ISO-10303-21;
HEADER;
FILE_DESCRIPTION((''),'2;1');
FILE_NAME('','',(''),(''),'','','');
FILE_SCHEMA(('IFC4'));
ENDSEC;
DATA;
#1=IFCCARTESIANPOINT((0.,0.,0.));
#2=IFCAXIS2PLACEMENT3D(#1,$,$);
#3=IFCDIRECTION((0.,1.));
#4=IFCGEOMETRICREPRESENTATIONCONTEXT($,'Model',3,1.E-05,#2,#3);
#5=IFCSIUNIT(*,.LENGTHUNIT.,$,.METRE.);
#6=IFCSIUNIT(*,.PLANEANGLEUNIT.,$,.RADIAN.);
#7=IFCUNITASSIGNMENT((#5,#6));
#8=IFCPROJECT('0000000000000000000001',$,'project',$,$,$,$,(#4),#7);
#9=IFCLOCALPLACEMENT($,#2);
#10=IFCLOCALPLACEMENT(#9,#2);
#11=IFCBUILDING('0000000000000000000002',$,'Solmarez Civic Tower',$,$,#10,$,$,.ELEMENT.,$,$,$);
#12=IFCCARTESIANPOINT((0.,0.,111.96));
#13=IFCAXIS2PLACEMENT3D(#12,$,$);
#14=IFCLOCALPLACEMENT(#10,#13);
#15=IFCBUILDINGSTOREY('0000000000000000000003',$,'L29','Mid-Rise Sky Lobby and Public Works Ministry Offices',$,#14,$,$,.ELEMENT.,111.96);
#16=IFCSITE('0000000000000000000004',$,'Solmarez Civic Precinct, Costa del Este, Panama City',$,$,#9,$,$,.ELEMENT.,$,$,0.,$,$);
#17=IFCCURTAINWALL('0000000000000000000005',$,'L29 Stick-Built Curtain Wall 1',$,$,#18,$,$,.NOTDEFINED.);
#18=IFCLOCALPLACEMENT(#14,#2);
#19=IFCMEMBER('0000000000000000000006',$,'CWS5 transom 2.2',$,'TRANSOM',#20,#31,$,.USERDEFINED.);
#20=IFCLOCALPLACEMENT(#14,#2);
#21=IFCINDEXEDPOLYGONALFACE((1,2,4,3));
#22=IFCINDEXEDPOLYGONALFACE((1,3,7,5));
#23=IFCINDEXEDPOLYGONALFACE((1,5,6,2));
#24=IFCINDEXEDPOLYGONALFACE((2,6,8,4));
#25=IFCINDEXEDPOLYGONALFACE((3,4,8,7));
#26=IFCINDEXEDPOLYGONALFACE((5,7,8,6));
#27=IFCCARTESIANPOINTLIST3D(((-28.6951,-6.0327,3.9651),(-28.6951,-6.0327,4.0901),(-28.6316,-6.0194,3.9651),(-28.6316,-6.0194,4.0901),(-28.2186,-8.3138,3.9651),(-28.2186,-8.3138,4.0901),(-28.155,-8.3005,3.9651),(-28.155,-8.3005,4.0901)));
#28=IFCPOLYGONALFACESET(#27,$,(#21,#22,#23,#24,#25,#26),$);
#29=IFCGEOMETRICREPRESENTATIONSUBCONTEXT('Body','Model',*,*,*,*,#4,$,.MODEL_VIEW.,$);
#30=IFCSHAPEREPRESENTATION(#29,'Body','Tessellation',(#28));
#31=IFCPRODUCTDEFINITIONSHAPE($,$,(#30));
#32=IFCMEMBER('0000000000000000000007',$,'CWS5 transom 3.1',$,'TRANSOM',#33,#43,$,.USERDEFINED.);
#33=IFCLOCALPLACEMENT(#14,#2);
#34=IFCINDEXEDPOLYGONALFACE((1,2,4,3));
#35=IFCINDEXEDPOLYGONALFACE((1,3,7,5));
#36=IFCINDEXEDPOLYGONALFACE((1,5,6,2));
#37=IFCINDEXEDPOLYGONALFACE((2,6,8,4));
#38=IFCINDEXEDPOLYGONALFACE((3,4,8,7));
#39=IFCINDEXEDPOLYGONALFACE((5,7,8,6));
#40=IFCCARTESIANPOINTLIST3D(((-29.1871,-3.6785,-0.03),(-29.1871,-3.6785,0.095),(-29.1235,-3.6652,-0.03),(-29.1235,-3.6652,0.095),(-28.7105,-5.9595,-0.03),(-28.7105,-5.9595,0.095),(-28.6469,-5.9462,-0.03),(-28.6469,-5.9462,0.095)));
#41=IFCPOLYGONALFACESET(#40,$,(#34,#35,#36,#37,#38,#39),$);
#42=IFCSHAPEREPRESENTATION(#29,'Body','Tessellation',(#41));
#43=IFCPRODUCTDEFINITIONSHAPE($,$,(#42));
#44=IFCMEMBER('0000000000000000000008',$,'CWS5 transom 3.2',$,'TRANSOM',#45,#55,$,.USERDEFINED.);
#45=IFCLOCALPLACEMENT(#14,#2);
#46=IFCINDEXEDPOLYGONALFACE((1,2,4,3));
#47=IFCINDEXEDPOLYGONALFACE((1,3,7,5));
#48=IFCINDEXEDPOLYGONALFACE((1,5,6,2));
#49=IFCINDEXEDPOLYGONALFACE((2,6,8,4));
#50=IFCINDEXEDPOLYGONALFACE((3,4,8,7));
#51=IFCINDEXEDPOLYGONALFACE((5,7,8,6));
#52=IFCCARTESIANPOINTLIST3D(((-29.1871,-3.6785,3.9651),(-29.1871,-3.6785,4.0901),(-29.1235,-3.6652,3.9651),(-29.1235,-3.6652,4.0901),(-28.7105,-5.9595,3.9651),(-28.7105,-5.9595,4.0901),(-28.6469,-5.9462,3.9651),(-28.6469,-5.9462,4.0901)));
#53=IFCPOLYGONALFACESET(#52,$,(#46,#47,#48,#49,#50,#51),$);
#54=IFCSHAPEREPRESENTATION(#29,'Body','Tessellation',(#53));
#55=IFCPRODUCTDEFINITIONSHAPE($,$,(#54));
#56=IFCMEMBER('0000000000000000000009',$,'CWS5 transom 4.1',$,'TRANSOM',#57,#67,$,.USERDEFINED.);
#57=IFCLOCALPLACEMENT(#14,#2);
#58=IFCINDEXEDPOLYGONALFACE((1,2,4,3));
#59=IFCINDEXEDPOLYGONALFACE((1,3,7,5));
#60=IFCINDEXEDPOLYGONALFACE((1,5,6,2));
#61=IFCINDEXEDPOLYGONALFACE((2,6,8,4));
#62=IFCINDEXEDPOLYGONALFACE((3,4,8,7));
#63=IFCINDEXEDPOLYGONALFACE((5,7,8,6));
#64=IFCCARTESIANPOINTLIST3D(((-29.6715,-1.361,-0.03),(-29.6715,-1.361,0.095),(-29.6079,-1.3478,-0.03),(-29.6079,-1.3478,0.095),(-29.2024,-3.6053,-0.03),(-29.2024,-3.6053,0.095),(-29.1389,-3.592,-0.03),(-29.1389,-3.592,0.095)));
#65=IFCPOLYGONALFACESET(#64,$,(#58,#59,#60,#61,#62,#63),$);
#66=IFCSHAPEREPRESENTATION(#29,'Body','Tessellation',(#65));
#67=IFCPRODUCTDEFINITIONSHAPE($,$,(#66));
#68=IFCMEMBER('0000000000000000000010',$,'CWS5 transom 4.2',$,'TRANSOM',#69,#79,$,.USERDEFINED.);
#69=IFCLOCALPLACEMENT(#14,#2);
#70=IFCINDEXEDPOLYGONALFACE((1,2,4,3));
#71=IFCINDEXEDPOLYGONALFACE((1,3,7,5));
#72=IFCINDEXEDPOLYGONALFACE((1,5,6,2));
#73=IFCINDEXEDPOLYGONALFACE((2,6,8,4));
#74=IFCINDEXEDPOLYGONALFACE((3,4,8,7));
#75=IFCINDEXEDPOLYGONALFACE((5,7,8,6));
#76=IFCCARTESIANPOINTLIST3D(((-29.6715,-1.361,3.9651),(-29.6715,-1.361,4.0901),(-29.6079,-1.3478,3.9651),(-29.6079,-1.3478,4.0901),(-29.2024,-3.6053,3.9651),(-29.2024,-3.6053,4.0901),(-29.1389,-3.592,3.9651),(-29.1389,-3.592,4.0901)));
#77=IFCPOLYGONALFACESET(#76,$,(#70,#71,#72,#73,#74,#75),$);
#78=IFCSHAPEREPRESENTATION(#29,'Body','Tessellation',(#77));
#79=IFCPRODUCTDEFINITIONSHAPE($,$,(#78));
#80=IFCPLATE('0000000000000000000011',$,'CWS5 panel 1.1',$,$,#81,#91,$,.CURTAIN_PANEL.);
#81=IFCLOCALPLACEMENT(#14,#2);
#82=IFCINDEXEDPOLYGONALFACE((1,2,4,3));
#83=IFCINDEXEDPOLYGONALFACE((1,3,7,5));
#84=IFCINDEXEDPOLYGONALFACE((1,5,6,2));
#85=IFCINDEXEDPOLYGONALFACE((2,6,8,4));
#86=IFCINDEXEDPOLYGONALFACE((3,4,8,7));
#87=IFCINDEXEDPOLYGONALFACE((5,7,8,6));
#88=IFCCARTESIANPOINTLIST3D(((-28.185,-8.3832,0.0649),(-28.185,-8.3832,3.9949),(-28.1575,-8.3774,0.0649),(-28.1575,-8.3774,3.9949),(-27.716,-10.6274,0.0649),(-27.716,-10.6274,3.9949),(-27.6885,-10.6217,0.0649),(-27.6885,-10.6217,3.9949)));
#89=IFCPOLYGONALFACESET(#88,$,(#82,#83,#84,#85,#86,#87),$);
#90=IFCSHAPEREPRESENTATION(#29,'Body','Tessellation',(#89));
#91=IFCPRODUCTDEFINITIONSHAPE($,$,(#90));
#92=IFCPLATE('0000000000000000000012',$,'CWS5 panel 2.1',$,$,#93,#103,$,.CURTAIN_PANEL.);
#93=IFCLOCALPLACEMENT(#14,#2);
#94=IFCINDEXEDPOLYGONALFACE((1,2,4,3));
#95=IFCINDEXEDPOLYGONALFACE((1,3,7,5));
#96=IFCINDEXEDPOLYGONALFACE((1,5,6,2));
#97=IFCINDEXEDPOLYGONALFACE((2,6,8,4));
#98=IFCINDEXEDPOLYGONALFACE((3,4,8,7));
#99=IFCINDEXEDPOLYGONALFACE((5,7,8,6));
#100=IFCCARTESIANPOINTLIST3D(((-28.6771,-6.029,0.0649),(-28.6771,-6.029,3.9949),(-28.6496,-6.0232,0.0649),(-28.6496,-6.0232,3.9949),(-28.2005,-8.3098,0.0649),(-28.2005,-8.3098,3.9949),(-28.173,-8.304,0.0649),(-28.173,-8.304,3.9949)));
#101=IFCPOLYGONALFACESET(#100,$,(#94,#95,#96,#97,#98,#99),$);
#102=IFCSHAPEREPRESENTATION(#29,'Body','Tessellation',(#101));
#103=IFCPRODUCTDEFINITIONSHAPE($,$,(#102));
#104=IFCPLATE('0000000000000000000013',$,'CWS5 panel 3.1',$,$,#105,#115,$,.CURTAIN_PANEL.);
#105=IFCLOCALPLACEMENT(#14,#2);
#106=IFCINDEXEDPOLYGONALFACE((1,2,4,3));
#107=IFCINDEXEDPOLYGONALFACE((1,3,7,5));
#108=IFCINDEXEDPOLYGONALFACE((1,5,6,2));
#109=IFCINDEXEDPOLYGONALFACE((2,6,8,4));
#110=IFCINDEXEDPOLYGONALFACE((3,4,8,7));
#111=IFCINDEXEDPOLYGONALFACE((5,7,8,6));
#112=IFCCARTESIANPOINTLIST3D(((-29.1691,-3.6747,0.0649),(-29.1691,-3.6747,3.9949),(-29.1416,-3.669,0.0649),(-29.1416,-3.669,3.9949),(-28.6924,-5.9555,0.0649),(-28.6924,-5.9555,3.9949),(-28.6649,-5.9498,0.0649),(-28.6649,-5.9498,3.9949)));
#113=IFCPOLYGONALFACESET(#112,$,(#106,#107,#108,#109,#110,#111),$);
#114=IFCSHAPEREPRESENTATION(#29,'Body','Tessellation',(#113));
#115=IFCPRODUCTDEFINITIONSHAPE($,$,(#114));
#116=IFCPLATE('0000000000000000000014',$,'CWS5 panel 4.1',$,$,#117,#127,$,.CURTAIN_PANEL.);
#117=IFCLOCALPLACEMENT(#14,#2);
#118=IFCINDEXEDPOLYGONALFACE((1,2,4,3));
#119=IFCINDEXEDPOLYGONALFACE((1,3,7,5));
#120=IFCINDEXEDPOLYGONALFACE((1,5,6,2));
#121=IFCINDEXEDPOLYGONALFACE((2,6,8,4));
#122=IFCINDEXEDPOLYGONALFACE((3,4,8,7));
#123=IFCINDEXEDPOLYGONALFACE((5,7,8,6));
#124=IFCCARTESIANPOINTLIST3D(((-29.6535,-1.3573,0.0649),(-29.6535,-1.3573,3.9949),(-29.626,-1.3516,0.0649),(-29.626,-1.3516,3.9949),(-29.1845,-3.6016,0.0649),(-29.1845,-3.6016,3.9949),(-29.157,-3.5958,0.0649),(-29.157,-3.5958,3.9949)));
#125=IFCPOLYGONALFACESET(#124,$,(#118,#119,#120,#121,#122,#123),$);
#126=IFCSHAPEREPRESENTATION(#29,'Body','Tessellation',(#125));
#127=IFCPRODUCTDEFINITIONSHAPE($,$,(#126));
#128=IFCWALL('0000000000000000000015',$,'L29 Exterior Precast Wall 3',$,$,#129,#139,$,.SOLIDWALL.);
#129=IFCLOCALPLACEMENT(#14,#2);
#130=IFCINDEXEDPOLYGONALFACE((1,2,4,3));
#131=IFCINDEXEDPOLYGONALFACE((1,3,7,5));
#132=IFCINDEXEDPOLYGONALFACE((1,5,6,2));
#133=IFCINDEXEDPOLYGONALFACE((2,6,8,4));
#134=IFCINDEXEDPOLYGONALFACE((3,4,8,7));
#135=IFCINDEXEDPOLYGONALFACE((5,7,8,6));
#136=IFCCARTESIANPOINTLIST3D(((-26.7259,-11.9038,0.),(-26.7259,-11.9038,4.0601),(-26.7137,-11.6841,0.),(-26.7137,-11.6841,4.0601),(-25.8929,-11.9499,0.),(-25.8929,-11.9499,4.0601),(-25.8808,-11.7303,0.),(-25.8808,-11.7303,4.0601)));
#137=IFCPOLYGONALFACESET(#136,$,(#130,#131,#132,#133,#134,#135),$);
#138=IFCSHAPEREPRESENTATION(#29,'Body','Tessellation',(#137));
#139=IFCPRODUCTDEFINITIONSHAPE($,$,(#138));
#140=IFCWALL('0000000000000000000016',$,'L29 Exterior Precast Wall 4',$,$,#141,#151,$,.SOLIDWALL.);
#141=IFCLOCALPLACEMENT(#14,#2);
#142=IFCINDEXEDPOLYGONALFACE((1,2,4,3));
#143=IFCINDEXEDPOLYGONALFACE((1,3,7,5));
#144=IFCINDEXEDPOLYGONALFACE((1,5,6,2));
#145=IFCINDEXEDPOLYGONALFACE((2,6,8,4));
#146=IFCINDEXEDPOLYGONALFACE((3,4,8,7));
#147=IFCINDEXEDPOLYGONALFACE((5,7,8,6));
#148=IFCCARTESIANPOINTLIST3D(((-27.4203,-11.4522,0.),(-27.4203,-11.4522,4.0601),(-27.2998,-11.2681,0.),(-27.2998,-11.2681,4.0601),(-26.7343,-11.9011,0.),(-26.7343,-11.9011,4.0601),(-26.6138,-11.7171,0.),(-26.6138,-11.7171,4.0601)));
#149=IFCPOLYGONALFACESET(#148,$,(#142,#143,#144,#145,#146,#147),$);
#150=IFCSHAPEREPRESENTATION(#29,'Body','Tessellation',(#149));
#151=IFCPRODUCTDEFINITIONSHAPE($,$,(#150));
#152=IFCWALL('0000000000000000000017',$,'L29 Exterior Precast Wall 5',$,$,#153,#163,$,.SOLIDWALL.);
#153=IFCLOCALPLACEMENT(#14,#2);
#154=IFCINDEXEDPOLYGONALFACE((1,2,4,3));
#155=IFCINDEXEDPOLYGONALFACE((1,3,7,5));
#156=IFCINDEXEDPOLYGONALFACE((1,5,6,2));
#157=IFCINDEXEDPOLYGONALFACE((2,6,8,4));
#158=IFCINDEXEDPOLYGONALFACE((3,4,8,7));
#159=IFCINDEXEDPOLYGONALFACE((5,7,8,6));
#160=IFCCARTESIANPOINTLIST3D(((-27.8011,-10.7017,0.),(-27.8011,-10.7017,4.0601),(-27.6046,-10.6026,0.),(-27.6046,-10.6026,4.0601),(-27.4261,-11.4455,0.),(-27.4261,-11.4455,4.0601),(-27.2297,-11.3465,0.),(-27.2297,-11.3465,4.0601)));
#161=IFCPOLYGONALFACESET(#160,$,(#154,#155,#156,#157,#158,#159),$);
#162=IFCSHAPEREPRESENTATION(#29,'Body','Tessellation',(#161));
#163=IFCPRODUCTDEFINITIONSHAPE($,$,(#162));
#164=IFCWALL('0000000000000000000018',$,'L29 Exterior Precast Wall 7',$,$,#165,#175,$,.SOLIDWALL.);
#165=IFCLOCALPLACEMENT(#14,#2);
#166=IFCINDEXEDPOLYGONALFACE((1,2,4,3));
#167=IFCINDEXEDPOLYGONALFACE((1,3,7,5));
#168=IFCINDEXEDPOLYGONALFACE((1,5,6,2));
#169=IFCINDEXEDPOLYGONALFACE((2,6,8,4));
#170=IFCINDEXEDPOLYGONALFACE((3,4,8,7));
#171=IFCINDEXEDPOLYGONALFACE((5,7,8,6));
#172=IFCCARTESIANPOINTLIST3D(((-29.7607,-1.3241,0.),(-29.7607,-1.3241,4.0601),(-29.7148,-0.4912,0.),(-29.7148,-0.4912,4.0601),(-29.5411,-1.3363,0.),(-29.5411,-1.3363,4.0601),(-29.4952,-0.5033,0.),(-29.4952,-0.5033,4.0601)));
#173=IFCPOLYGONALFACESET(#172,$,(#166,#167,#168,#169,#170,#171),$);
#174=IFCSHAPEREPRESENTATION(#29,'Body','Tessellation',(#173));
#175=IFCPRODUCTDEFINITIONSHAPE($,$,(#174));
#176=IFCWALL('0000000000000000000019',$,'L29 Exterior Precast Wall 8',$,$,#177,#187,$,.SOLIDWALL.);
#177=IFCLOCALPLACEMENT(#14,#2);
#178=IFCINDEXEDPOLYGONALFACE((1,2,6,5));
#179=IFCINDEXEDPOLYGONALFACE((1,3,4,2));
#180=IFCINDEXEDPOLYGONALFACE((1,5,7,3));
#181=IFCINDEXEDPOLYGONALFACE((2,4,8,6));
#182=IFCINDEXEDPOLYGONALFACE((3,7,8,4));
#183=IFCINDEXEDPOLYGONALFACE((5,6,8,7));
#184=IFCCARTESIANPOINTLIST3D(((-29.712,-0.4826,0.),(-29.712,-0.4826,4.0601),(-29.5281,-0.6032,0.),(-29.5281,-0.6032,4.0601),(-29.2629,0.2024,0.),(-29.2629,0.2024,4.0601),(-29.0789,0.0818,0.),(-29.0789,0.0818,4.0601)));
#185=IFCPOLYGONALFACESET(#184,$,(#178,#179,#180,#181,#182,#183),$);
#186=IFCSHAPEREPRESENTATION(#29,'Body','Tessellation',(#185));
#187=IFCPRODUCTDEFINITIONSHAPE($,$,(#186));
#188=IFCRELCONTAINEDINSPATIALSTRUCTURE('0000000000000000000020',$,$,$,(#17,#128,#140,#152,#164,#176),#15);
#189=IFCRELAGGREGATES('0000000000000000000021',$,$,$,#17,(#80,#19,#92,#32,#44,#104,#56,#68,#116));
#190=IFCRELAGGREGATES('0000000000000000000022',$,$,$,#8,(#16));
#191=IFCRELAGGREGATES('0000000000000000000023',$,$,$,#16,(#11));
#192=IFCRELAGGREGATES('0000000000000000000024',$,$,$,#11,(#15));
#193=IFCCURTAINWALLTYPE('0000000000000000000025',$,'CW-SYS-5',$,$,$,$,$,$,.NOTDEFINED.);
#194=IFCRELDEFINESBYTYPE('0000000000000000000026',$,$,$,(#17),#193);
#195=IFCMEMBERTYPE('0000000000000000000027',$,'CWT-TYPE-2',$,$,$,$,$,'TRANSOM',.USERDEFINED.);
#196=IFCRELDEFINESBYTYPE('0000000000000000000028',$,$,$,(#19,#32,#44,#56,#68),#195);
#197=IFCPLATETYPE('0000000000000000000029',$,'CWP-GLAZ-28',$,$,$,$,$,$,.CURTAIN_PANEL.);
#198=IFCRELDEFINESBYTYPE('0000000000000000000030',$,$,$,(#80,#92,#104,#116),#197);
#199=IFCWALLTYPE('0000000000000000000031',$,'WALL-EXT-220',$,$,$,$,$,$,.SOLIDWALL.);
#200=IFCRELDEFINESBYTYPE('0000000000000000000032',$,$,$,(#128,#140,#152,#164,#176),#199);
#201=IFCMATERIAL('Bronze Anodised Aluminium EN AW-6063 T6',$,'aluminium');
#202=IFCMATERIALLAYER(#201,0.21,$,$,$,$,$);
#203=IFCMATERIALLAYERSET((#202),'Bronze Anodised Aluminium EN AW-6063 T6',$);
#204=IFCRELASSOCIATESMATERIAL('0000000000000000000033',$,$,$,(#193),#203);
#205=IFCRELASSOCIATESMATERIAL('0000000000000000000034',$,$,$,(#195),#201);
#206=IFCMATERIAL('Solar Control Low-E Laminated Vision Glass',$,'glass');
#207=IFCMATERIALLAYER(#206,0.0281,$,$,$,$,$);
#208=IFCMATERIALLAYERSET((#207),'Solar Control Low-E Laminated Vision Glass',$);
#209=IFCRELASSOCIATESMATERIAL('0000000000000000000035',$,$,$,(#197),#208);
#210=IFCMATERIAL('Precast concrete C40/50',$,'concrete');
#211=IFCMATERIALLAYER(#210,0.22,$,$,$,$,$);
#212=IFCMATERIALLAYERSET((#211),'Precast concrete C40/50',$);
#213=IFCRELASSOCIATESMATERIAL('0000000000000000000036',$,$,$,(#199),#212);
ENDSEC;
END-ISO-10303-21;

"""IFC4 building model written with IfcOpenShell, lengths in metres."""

from ifc_helpers import new_model, si_unit, direction, frame, frame_2d, origin, origin_2d, place, context, subcontext, project, spatial, rectangle, extrude, material, layer, layer_set, material_profile, profile_set, type_object, element, aggregate, save


model = new_model("IFC4")

# Units and contexts
model_context = context("Model", 3, precision=1e-05, world=origin(), true_north=direction((0.0, 1.0)))
body_context = subcontext(model_context, "Body", "Model", "MODEL_VIEW")
ifc_project = project(units=[si_unit("LENGTHUNIT", "METRE"), si_unit("PLANEANGLEUNIT", "RADIAN")], contexts=[model_context])

# Site, building, storey
site_placement = place(None, origin())
site = spatial("IfcSite", under=ifc_project, at=site_placement, Name="Solmarez Civic Precinct, Costa del Este, Panama City", CompositionType="ELEMENT", RefElevation=0.0)
building_placement = place(site_placement, origin())
building = spatial("IfcBuilding", under=site, at=building_placement, Name="Solmarez Civic Tower", CompositionType="ELEMENT")
storey_placement = place(building_placement, frame((0.0, 0.0, 111.96)))
storey = spatial("IfcBuildingStorey", under=building, at=storey_placement, Name="L29", Description="Mid-Rise Sky Lobby and Public Works Ministry Offices", CompositionType="ELEMENT", Elevation=111.96)

# Curtain wall, members, plates
ifc_material_1 = material(Name="Bronze Anodised Aluminium EN AW-6063 T6", Category="aluminium")
ifc_layer_1 = layer(ifc_material_1, 0.21)
ifc_layer_set_1 = layer_set([ifc_layer_1], Name="Bronze Anodised Aluminium EN AW-6063 T6")
curtain_wall_type = type_object("IfcCurtainWallType", Name="CW-SYS-5", PredefinedType="NOTDEFINED", material=ifc_layer_set_1)
curtain_wall_placement = place(storey_placement, origin())
curtain_wall = element("IfcCurtainWall", 1, at=curtain_wall_placement, inside=storey, type_object=curtain_wall_type, Name="L29 Stick-Built Curtain Wall 1", PredefinedType="NOTDEFINED")
ifc_material_profile_1 = material_profile(ifc_material_1, rectangle(XDim=0.0649, YDim=0.125, at=origin_2d()), Name="CWT-65X125")
ifc_profile_set_1 = profile_set([ifc_material_profile_1], Name="Bronze Anodised Aluminium EN AW-6063 T6")
member_type_1 = type_object("IfcMemberType", Name="CWT-TYPE-2", ElementType="TRANSOM", PredefinedType="USERDEFINED", material=ifc_profile_set_1)
member_1_placement = place(storey_placement, frame((-28.1868, -8.3071, 4.0276), z_axis=(-0.204511, 0.978864, 0.0), x_axis=(-0.978864, -0.204511, 0.0)))
member_1 = element("IfcMember", 2, at=member_1_placement, type_object=member_type_1, Name="CWS5 transom 2.2", ObjectType="TRANSOM", PredefinedType="USERDEFINED", context=body_context, shape_type="SweptSolid", body=[
    extrude(rectangle(XDim=0.0649, YDim=0.125, at=origin_2d()), origin(), (0.0, 0.0, 1.0), 2.3303),
])
member_2_placement = place(storey_placement, frame((-28.6787, -5.9529, 0.0325), z_axis=(-0.204511, 0.978864, 0.0), x_axis=(-0.978864, -0.204511, 0.0)))
member_2 = element("IfcMember", 3, at=member_2_placement, type_object=member_type_1, Name="CWS5 transom 3.1", ObjectType="TRANSOM", PredefinedType="USERDEFINED", context=body_context, shape_type="SweptSolid", body=[
    extrude(rectangle(XDim=0.0649, YDim=0.125, at=origin_2d()), origin(), (0.0, 0.0, 1.0), 2.3303),
])
member_3_placement = place(storey_placement, frame((-28.6787, -5.9529, 4.0276), z_axis=(-0.204511, 0.978864, 0.0), x_axis=(-0.978864, -0.204511, 0.0)))
member_3 = element("IfcMember", 4, at=member_3_placement, type_object=member_type_1, Name="CWS5 transom 3.2", ObjectType="TRANSOM", PredefinedType="USERDEFINED", context=body_context, shape_type="SweptSolid", body=[
    extrude(rectangle(XDim=0.0649, YDim=0.125, at=origin_2d()), origin(), (0.0, 0.0, 1.0), 2.3303),
])
member_4_placement = place(storey_placement, frame((-29.1707, -3.5986, 0.0325), z_axis=(-0.204567, 0.978853, 0.0), x_axis=(-0.978853, -0.204567, 0.0)))
member_4 = element("IfcMember", 5, at=member_4_placement, type_object=member_type_1, Name="CWS5 transom 4.1", ObjectType="TRANSOM", PredefinedType="USERDEFINED", context=body_context, shape_type="SweptSolid", body=[
    extrude(rectangle(XDim=0.0649, YDim=0.125, at=origin_2d()), origin(), (0.0, 0.0, 1.0), 2.2927),
])
member_5_placement = place(storey_placement, frame((-29.1707, -3.5986, 4.0276), z_axis=(-0.204567, 0.978853, 0.0), x_axis=(-0.978853, -0.204567, 0.0)))
member_5 = element("IfcMember", 6, at=member_5_placement, type_object=member_type_1, Name="CWS5 transom 4.2", ObjectType="TRANSOM", PredefinedType="USERDEFINED", context=body_context, shape_type="SweptSolid", body=[
    extrude(rectangle(XDim=0.0649, YDim=0.125, at=origin_2d()), origin(), (0.0, 0.0, 1.0), 2.2927),
])
ifc_material_2 = material(Name="Solar Control Low-E Laminated Vision Glass", Category="glass")
ifc_layer_2 = layer(ifc_material_2, 0.0281)
ifc_layer_set_2 = layer_set([ifc_layer_2], Name="Solar Control Low-E Laminated Vision Glass")
plate_type = type_object("IfcPlateType", Name="CWP-GLAZ-28", PredefinedType="CURTAIN_PANEL", material=ifc_layer_set_2)
plate_1_placement = place(storey_placement, frame((-27.9368, -9.5024, 0.0649), z_axis=(0.0, 0.0, 1.0), x_axis=(-0.204564, 0.978853, 0.0)))
plate_1 = element("IfcPlate", 7, at=plate_1_placement, type_object=plate_type, Name="CWS5 panel 1.1", PredefinedType="CURTAIN_PANEL", context=body_context, shape_type="SweptSolid", body=[
    extrude(rectangle(XDim=2.2927, YDim=0.0281, at=origin_2d()), origin(), (0.0, 0.0, 1.0), 3.9299),
])
plate_2_placement = place(storey_placement, frame((-28.425, -7.1665, 0.0649), z_axis=(0.0, 0.0, 1.0), x_axis=(-0.204564, 0.978853, 0.0)))
plate_2 = element("IfcPlate", 8, at=plate_2_placement, type_object=plate_type, Name="CWS5 panel 2.1", PredefinedType="CURTAIN_PANEL", context=body_context, shape_type="SweptSolid", body=[
    extrude(rectangle(XDim=2.3301, YDim=0.0281, at=origin_2d()), origin(), (0.0, 0.0, 1.0), 3.9299),
])
plate_3_placement = place(storey_placement, frame((-28.917, -4.8123, 0.0649), z_axis=(0.0, 0.0, 1.0), x_axis=(-0.204564, 0.978853, 0.0)))
plate_3 = element("IfcPlate", 9, at=plate_3_placement, type_object=plate_type, Name="CWS5 panel 3.1", PredefinedType="CURTAIN_PANEL", context=body_context, shape_type="SweptSolid", body=[
    extrude(rectangle(XDim=2.3301, YDim=0.0281, at=origin_2d()), origin(), (0.0, 0.0, 1.0), 3.9299),
])
plate_4_placement = place(storey_placement, frame((-29.4053, -2.4766, 0.0649), z_axis=(0.0, 0.0, 1.0), x_axis=(-0.204564, 0.978853, 0.0)))
plate_4 = element("IfcPlate", 10, at=plate_4_placement, type_object=plate_type, Name="CWS5 panel 4.1", PredefinedType="CURTAIN_PANEL", context=body_context, shape_type="SweptSolid", body=[
    extrude(rectangle(XDim=2.2927, YDim=0.0281, at=origin_2d()), origin(), (0.0, 0.0, 1.0), 3.9299),
])
aggregate(curtain_wall, [plate_1, member_1, plate_2, member_2, member_3, plate_3, member_4, member_5, plate_4])

# Walls
ifc_material_3 = material(Name="Precast concrete C40/50", Category="concrete")
ifc_layer_3 = layer(ifc_material_3, 0.22)
ifc_layer_set_3 = layer_set([ifc_layer_3], Name="Precast concrete C40/50")
wall_type = type_object("IfcWallType", Name="WALL-EXT-220", PredefinedType="SOLIDWALL", material=ifc_layer_set_3)
wall_1_placement = place(storey_placement, frame((-25.887, -11.8401, 0.0), z_axis=(0.0, 0.0, 1.0), x_axis=(-0.998469, 0.055308, 0.0)))
element("IfcWall", 11, at=wall_1_placement, inside=storey, type_object=wall_type, Name="L29 Exterior Precast Wall 3", PredefinedType="SOLIDWALL", context=body_context, shape_type="SweptSolid", body=[
    extrude(rectangle(XDim=0.8342, YDim=0.22, at=frame_2d((0.417, 0.0))), origin(), (0.0, 0.0, 1.0), 4.0601),
])
wall_2_placement = place(storey_placement, frame((-26.6741, -11.8091, 0.0), z_axis=(0.0, 0.0, 1.0), x_axis=(-0.836739, 0.547602, 0.0)))
element("IfcWall", 12, at=wall_2_placement, inside=storey, type_object=wall_type, Name="L29 Exterior Precast Wall 4", PredefinedType="SOLIDWALL", context=body_context, shape_type="SweptSolid", body=[
    extrude(rectangle(XDim=0.8198, YDim=0.22, at=frame_2d((0.4099, 0.0))), origin(), (0.0, 0.0, 1.0), 4.0601),
])
wall_3_placement = place(storey_placement, frame((-27.3279, -11.396, 0.0), z_axis=(0.0, 0.0, 1.0), x_axis=(-0.450142, 0.892957, 0.0)))
element("IfcWall", 13, at=wall_3_placement, inside=storey, type_object=wall_type, Name="L29 Exterior Precast Wall 5", PredefinedType="SOLIDWALL", context=body_context, shape_type="SweptSolid", body=[
    extrude(rectangle(XDim=0.833, YDim=0.22, at=frame_2d((0.4165, 0.0))), origin(), (0.0, 0.0, 1.0), 4.0601),
])
wall_4_placement = place(storey_placement, frame((-29.6509, -1.3301, 0.0), z_axis=(0.0, 0.0, 1.0), x_axis=(0.055016, 0.998485, 0.0)))
element("IfcWall", 14, at=wall_4_placement, inside=storey, type_object=wall_type, Name="L29 Exterior Precast Wall 7", PredefinedType="SOLIDWALL", context=body_context, shape_type="SweptSolid", body=[
    extrude(rectangle(XDim=0.8342, YDim=0.22, at=frame_2d((0.417, 0.0))), origin(), (0.0, 0.0, 1.0), 4.0601),
])
wall_5_placement = place(storey_placement, frame((-29.6201, -0.543, 0.0), z_axis=(0.0, 0.0, 1.0), x_axis=(0.548357, 0.836244, 0.0)))
element("IfcWall", 15, at=wall_5_placement, inside=storey, type_object=wall_type, Name="L29 Exterior Precast Wall 8", PredefinedType="SOLIDWALL", context=body_context, shape_type="SweptSolid", body=[
    extrude(rectangle(XDim=0.8191, YDim=0.22, at=frame_2d((0.4097, 0.0))), origin(), (0.0, 0.0, 1.0), 4.0601),
])

save(model, "model.ifc")
